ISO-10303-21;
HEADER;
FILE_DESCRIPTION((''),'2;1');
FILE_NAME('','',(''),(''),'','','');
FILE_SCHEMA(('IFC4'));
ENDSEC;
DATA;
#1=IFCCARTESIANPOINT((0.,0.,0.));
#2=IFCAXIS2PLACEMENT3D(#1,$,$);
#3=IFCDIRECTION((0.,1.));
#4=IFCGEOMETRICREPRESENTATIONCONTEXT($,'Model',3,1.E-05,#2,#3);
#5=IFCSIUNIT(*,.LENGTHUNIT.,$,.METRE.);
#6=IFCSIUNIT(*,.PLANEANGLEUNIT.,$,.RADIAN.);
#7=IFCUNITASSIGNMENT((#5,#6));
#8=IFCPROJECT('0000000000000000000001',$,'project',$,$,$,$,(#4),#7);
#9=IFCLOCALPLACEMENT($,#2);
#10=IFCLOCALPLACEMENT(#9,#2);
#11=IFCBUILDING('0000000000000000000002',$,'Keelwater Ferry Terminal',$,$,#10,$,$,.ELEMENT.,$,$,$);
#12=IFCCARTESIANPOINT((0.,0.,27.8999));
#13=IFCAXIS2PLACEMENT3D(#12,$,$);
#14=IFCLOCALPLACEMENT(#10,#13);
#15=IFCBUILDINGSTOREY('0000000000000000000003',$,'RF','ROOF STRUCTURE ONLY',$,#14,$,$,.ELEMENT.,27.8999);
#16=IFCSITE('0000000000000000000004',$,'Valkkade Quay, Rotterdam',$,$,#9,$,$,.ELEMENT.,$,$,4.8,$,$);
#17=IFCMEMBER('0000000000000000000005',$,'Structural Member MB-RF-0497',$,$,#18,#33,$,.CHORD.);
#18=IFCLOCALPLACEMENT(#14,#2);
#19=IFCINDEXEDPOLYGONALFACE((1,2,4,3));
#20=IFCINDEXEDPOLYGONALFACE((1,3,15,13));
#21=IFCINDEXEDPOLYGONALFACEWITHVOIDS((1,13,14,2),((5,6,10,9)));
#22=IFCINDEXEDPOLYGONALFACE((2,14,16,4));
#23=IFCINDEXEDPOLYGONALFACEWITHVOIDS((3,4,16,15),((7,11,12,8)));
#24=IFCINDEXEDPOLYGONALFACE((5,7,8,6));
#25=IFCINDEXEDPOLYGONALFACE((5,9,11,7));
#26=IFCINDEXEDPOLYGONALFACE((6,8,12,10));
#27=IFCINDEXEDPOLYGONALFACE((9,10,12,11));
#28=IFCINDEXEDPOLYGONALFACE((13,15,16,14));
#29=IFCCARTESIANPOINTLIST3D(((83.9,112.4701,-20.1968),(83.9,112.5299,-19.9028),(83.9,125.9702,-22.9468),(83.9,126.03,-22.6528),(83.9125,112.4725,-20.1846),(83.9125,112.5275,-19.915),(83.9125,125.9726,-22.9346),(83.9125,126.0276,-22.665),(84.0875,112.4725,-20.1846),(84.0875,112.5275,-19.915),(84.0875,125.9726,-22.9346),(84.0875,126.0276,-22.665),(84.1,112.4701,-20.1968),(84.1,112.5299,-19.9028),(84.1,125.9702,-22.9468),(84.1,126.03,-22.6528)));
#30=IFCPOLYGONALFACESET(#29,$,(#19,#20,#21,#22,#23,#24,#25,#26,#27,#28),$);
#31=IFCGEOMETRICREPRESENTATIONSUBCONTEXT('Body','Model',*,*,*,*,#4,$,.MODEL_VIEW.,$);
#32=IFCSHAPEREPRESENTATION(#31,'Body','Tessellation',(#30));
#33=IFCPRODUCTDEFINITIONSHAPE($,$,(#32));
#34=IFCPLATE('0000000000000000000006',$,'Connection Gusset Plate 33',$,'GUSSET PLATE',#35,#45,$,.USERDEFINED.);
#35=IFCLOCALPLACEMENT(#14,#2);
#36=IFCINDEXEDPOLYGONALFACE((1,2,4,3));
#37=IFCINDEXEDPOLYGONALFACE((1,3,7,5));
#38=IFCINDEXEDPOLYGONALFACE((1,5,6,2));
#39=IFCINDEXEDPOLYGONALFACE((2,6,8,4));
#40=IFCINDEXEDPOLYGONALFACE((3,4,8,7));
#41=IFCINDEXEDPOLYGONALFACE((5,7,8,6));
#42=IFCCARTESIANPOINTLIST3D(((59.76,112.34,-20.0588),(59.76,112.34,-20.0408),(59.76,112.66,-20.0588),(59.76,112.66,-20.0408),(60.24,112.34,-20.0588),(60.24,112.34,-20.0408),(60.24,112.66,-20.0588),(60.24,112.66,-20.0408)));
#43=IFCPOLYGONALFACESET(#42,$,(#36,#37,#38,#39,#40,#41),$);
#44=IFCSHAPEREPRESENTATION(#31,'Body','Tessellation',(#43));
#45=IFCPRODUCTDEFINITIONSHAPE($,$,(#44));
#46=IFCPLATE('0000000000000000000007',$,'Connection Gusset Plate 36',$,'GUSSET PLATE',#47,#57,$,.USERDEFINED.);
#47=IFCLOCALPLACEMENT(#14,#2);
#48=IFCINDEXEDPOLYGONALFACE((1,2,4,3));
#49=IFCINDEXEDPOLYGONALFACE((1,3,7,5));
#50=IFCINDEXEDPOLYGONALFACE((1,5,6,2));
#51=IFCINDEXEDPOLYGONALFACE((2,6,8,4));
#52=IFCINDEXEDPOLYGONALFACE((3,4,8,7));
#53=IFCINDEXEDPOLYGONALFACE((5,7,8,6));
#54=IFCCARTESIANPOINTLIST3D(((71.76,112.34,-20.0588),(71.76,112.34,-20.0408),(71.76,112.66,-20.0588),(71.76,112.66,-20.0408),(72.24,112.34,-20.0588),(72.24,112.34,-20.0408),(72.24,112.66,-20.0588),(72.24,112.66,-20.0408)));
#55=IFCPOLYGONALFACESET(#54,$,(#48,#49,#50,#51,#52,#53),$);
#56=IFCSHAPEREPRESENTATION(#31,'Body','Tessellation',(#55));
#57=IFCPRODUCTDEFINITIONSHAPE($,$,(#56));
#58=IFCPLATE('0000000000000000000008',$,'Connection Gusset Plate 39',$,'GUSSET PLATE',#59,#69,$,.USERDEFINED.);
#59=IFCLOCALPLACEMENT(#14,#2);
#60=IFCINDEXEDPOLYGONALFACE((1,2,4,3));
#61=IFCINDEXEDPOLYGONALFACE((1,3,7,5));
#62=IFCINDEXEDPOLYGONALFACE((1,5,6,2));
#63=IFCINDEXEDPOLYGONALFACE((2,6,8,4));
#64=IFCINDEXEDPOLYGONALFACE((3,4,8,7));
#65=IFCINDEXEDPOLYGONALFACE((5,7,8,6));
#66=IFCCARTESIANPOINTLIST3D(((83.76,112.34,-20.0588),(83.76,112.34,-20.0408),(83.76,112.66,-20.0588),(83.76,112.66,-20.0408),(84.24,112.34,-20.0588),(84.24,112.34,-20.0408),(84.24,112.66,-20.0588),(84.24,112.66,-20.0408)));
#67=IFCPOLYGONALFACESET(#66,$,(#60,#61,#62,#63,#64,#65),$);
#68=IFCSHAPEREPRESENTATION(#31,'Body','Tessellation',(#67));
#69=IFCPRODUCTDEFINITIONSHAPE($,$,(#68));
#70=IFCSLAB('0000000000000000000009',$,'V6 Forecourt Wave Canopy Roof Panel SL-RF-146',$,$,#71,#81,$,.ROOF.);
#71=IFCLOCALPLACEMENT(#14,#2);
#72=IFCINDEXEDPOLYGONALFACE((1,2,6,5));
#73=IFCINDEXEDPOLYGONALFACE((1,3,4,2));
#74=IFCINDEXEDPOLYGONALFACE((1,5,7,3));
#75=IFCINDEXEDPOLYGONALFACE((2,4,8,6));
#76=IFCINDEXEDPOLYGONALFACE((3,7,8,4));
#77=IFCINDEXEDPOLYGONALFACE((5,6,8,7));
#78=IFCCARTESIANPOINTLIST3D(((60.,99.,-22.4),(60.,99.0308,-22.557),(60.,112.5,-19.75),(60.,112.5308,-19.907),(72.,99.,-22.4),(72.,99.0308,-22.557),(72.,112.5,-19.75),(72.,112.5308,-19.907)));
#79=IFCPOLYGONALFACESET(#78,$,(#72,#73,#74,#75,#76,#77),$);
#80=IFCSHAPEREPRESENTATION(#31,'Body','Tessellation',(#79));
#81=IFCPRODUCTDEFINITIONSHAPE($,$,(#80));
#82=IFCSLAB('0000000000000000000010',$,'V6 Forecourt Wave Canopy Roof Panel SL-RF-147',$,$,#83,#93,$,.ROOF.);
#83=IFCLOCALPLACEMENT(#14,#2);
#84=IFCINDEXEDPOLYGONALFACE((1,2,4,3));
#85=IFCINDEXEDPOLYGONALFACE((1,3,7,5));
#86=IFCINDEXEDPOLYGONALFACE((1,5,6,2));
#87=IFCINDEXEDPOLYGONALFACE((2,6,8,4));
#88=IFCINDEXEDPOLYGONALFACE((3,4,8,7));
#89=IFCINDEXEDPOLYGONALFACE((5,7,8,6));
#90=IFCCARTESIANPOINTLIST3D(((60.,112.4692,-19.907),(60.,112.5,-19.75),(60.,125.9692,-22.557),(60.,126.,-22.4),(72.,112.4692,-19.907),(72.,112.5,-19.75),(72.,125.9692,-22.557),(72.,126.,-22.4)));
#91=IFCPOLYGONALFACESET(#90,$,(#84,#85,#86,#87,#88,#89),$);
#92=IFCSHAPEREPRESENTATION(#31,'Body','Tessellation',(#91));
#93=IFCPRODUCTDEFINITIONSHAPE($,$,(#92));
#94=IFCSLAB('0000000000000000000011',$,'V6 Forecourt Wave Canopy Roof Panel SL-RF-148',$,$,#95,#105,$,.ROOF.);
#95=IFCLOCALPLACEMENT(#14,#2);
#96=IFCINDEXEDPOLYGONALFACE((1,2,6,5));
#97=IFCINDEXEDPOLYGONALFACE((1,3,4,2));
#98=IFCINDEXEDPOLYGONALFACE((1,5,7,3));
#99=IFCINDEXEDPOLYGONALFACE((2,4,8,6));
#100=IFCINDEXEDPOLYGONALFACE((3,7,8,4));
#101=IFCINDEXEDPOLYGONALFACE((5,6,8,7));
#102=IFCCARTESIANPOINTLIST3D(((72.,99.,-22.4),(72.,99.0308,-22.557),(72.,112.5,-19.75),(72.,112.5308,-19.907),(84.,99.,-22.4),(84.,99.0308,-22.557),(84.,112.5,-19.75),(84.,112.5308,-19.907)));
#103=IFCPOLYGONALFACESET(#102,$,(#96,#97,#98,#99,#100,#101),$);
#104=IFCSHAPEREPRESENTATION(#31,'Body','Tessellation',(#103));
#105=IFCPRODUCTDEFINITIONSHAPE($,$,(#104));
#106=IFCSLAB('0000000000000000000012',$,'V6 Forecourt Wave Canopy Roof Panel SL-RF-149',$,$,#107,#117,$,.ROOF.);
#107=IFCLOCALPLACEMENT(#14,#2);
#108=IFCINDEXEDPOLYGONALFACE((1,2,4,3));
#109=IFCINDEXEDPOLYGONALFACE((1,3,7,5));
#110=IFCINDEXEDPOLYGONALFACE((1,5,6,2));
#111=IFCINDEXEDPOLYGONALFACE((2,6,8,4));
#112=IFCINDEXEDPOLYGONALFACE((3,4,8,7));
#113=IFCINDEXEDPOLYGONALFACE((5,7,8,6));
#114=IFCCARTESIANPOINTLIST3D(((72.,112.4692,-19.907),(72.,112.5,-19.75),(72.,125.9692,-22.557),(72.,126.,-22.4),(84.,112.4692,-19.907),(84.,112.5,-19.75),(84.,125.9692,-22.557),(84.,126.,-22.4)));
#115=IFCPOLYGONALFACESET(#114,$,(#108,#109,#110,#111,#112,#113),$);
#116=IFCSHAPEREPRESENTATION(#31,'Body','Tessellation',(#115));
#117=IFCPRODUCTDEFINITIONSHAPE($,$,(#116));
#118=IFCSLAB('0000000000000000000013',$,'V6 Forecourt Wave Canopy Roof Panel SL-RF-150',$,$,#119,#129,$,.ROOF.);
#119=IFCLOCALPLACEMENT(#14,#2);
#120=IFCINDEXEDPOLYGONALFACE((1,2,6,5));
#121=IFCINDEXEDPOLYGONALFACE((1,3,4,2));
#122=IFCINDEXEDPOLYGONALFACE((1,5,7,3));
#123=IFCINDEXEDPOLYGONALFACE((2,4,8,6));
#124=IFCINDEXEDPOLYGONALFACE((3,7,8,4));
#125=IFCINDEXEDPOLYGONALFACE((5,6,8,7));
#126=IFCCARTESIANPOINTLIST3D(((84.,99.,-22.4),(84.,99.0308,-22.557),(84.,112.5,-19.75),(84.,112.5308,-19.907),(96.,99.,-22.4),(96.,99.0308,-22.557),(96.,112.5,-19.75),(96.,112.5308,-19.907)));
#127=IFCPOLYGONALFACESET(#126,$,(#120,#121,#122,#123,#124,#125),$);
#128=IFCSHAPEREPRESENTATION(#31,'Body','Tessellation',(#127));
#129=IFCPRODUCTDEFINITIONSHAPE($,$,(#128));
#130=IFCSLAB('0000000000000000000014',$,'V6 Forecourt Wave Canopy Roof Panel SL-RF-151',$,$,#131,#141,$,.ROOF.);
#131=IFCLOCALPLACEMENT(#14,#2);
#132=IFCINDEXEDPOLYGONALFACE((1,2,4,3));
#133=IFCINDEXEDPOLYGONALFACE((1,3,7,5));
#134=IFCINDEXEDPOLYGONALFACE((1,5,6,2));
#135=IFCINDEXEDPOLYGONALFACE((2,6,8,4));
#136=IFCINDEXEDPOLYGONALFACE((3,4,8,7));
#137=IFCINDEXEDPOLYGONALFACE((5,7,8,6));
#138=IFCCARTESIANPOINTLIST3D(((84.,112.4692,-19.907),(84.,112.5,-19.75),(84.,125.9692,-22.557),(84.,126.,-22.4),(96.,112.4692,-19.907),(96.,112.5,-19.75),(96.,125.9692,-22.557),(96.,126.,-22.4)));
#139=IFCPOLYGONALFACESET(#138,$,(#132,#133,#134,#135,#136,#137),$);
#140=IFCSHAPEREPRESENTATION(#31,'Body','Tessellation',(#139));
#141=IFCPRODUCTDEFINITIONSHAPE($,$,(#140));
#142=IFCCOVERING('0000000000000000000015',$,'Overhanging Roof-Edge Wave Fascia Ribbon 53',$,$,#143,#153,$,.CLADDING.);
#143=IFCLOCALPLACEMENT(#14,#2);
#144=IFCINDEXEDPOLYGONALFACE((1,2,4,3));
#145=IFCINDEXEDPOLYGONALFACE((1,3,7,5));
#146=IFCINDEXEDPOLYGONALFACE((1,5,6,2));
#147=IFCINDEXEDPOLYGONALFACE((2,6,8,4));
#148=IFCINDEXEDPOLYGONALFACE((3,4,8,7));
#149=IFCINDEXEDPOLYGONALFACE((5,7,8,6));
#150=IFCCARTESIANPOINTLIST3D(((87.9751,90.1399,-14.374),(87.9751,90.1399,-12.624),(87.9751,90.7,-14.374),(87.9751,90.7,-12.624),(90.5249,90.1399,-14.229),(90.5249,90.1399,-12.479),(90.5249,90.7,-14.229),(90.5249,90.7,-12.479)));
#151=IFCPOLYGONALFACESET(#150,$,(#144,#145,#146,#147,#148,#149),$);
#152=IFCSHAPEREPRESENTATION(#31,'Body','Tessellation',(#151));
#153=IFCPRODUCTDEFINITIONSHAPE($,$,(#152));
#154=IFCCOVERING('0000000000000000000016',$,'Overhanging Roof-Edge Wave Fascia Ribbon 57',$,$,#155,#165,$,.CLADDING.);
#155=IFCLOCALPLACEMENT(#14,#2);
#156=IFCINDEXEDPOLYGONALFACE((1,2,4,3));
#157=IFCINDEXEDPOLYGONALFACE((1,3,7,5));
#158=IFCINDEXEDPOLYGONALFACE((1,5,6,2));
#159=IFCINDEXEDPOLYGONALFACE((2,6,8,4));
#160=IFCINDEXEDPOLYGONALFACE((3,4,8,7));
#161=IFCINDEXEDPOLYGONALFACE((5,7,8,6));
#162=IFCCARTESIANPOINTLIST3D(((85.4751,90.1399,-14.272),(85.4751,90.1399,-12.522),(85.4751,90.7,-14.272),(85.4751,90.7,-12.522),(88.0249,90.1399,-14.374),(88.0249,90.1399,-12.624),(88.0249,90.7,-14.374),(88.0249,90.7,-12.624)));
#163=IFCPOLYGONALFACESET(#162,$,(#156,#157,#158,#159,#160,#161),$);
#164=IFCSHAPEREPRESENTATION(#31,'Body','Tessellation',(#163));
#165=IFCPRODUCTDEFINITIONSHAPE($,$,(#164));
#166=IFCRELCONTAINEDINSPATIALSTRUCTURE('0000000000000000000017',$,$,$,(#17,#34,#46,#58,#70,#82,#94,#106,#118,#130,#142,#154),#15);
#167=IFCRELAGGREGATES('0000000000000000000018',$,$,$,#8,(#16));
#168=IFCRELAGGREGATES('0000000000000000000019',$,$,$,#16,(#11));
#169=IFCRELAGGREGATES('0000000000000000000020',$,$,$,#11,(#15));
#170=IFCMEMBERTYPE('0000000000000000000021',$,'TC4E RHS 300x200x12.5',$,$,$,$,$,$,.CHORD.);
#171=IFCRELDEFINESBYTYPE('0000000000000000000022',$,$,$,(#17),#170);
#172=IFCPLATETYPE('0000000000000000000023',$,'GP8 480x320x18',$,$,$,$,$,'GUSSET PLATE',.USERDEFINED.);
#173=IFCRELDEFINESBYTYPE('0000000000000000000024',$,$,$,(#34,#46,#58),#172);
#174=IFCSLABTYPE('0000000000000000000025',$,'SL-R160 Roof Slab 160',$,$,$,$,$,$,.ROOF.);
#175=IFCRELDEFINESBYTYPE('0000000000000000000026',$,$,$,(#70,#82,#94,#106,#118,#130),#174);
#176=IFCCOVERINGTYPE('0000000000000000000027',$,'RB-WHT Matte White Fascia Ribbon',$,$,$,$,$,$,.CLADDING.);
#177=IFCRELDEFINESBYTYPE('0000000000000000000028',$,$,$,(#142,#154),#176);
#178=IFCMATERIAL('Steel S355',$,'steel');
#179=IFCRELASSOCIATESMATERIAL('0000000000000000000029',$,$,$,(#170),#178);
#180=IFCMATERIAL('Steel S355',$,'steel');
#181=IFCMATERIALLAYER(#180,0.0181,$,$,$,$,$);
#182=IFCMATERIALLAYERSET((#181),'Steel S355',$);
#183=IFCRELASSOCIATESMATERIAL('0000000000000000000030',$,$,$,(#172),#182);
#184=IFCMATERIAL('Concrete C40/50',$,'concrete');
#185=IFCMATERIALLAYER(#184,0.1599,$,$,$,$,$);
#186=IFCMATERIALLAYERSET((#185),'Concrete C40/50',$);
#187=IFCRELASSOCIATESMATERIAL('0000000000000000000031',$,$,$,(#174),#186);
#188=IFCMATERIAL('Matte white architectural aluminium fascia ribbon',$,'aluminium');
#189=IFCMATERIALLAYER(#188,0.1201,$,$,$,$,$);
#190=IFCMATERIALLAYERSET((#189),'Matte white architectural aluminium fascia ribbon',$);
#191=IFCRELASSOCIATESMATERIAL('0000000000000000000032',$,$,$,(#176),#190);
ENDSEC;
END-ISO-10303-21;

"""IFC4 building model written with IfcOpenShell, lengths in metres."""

from ifc_helpers import new_model, si_unit, direction, frame, origin, origin_with_axes, origin_2d, place, context, subcontext, project, spatial, polyline, rectangle, hollow_rectangle, outline, extrude, material, layer, layer_set, material_profile, profile_set, type_object, element, save


model = new_model("IFC4")

# Units and contexts
model_context = context("Model", 3, precision=1e-05, world=origin(), true_north=direction((0.0, 1.0)))
body_context = subcontext(model_context, "Body", "Model", "MODEL_VIEW")
ifc_project = project(units=[si_unit("LENGTHUNIT", "METRE"), si_unit("PLANEANGLEUNIT", "RADIAN")], contexts=[model_context])

# Site, building, storey
site_placement = place(None, origin())
site = spatial("IfcSite", under=ifc_project, at=site_placement, Name="Valkkade Quay, Rotterdam", CompositionType="ELEMENT", RefElevation=4.8)
building_placement = place(site_placement, origin())
building = spatial("IfcBuilding", under=site, at=building_placement, Name="Keelwater Ferry Terminal", CompositionType="ELEMENT")
storey_placement = place(building_placement, frame((0.0, 0.0, 27.8999)))
storey = spatial("IfcBuildingStorey", under=building, at=storey_placement, Name="RF", Description="ROOF STRUCTURE ONLY", CompositionType="ELEMENT", Elevation=27.8999)

# Member
ifc_material_1 = material(Name="Steel S355", Category="steel")
ifc_material_profile_1 = material_profile(ifc_material_1, hollow_rectangle(XDim=0.2, YDim=0.3, WallThickness=0.0125, at=origin_2d()), Name="RHS 300x200x12.5")
ifc_profile_set_1 = profile_set([ifc_material_profile_1], Name="Steel S355")
member_type_1 = type_object("IfcMemberType", Name="TC4E RHS 300x200x12.5", PredefinedType="CHORD", material=ifc_profile_set_1)
for number, where, z_axis, x_axis, name in (
    (1, (84.0, 112.5, -20.0498), (0.0, 0.979877, -0.199604), (-1.0, 0.0, 0.0), "Structural Member MB-RF-0497"),
):
    element("IfcMember", number, at=place(storey_placement, frame(where, z_axis=z_axis, x_axis=x_axis)), inside=storey, type_object=member_type_1, Name=name, PredefinedType="CHORD", context=body_context, shape_type="SweptSolid", body=[
        extrude(hollow_rectangle(XDim=0.2, YDim=0.3, WallThickness=0.0125, at=origin_2d()), origin(), (0.0, 0.0, 1.0), 13.7773),
    ])

# Plates
ifc_material_2 = material(Name="Steel S355", Category="steel")
ifc_layer_1 = layer(ifc_material_2, 0.0181)
ifc_layer_set_1 = layer_set([ifc_layer_1], Name="Steel S355")
plate_type = type_object("IfcPlateType", Name="GP8 480x320x18", ElementType="GUSSET PLATE", PredefinedType="USERDEFINED", material=ifc_layer_set_1)
for number, where, z_axis, x_axis, name in (
    (2, (60.0, 112.5, -20.0588), (0.0, 0.0, 1.0), (1.0, 0.0, 0.0), "Connection Gusset Plate 33"),
    (3, (72.0, 112.5, -20.0588), (0.0, 0.0, 1.0), (1.0, 0.0, 0.0), "Connection Gusset Plate 36"),
    (4, (84.0, 112.5, -20.0588), (0.0, 0.0, 1.0), (1.0, 0.0, 0.0), "Connection Gusset Plate 39"),
):
    element("IfcPlate", number, at=place(storey_placement, frame(where, z_axis=z_axis, x_axis=x_axis)), inside=storey, type_object=plate_type, Name=name, ObjectType="GUSSET PLATE", PredefinedType="USERDEFINED", context=body_context, shape_type="SweptSolid", body=[
        extrude(rectangle(XDim=0.48, YDim=0.3201, at=origin_2d()), origin(), (0.0, 0.0, 1.0), 0.0181),
    ])

# Slabs
ifc_material_3 = material(Name="Concrete C40/50", Category="concrete")
ifc_layer_2 = layer(ifc_material_3, 0.1599)
ifc_layer_set_2 = layer_set([ifc_layer_2], Name="Concrete C40/50")
slab_type = type_object("IfcSlabType", Name="SL-R160 Roof Slab 160", PredefinedType="ROOF", material=ifc_layer_set_2)
for number, where, z_axis, x_axis, name in (
    (5, (60.0, 99.0308, -22.557), (0.0, -0.19262, 0.981273), (1.0, 0.0, 0.0), "V6 Forecourt Wave Canopy Roof Panel SL-RF-146"),
    (6, (60.0, 112.4692, -19.907), (0.0, 0.19262, 0.981273), (1.0, 0.0, 0.0), "V6 Forecourt Wave Canopy Roof Panel SL-RF-147"),
    (7, (72.0, 99.0308, -22.557), (0.0, -0.19262, 0.981273), (1.0, 0.0, 0.0), "V6 Forecourt Wave Canopy Roof Panel SL-RF-148"),
    (8, (72.0, 112.4692, -19.907), (0.0, 0.19262, 0.981273), (1.0, 0.0, 0.0), "V6 Forecourt Wave Canopy Roof Panel SL-RF-149"),
    (9, (84.0, 99.0308, -22.557), (0.0, -0.19262, 0.981273), (1.0, 0.0, 0.0), "V6 Forecourt Wave Canopy Roof Panel SL-RF-150"),
    (10, (84.0, 112.4692, -19.907), (0.0, 0.19262, 0.981273), (1.0, 0.0, 0.0), "V6 Forecourt Wave Canopy Roof Panel SL-RF-151"),
):
    element("IfcSlab", number, at=place(storey_placement, frame(where, z_axis=z_axis, x_axis=x_axis)), inside=storey, type_object=slab_type, Name=name, PredefinedType="ROOF", context=body_context, shape_type="SweptSolid", body=[
        extrude(outline(polyline([(0.0, 0.0), (12.0, 0.0), (12.0, 13.7576), (0.0, 13.7576), (0.0, 0.0)])), origin_with_axes(), (0.0, 0.0, 1.0), 0.16),
    ])

# Coverings
ifc_material_4 = material(Name="Matte white architectural aluminium fascia ribbon", Category="aluminium")
ifc_layer_3 = layer(ifc_material_4, 0.1201)
ifc_layer_set_3 = layer_set([ifc_layer_3], Name="Matte white architectural aluminium fascia ribbon")
covering_type = type_object("IfcCoveringType", Name="RB-WHT Matte White Fascia Ribbon", PredefinedType="CLADDING", material=ifc_layer_set_3)
covering_1_placement = place(storey_placement, frame((90.5249, 90.4199, -14.374), z_axis=(0.0, 0.0, 1.0), x_axis=(-1.0, 0.0, 0.0)))
element("IfcCovering", 11, at=covering_1_placement, inside=storey, type_object=covering_type, Name="Overhanging Roof-Edge Wave Fascia Ribbon 53", PredefinedType="CLADDING", context=body_context, shape_type="SweptSolid", body=[
    extrude(outline(polyline([(0.0, 0.145), (2.5498, 0.0), (2.5498, 1.75), (0.0, 1.895), (0.0, 0.145)])), frame((0.0, 0.28, 0.0), z_axis=(0.0, -1.0, 0.0), x_axis=(1.0, 0.0, 0.0)), (0.0, 0.0, 1.0), 0.5601),
])
covering_2_placement = place(storey_placement, frame((88.0249, 90.4199, -14.374), z_axis=(0.0, 0.0, 1.0), x_axis=(-1.0, 0.0, 0.0)))
element("IfcCovering", 12, at=covering_2_placement, inside=storey, type_object=covering_type, Name="Overhanging Roof-Edge Wave Fascia Ribbon 57", PredefinedType="CLADDING", context=body_context, shape_type="SweptSolid", body=[
    extrude(outline(polyline([(0.0, 0.0), (2.5498, 0.1021), (2.5498, 1.8521), (0.0, 1.75), (0.0, 0.0)])), frame((0.0, 0.28, 0.0), z_axis=(0.0, -1.0, 0.0), x_axis=(1.0, 0.0, 0.0)), (0.0, 0.0, 1.0), 0.5601),
])

save(model, "model.ifc")
